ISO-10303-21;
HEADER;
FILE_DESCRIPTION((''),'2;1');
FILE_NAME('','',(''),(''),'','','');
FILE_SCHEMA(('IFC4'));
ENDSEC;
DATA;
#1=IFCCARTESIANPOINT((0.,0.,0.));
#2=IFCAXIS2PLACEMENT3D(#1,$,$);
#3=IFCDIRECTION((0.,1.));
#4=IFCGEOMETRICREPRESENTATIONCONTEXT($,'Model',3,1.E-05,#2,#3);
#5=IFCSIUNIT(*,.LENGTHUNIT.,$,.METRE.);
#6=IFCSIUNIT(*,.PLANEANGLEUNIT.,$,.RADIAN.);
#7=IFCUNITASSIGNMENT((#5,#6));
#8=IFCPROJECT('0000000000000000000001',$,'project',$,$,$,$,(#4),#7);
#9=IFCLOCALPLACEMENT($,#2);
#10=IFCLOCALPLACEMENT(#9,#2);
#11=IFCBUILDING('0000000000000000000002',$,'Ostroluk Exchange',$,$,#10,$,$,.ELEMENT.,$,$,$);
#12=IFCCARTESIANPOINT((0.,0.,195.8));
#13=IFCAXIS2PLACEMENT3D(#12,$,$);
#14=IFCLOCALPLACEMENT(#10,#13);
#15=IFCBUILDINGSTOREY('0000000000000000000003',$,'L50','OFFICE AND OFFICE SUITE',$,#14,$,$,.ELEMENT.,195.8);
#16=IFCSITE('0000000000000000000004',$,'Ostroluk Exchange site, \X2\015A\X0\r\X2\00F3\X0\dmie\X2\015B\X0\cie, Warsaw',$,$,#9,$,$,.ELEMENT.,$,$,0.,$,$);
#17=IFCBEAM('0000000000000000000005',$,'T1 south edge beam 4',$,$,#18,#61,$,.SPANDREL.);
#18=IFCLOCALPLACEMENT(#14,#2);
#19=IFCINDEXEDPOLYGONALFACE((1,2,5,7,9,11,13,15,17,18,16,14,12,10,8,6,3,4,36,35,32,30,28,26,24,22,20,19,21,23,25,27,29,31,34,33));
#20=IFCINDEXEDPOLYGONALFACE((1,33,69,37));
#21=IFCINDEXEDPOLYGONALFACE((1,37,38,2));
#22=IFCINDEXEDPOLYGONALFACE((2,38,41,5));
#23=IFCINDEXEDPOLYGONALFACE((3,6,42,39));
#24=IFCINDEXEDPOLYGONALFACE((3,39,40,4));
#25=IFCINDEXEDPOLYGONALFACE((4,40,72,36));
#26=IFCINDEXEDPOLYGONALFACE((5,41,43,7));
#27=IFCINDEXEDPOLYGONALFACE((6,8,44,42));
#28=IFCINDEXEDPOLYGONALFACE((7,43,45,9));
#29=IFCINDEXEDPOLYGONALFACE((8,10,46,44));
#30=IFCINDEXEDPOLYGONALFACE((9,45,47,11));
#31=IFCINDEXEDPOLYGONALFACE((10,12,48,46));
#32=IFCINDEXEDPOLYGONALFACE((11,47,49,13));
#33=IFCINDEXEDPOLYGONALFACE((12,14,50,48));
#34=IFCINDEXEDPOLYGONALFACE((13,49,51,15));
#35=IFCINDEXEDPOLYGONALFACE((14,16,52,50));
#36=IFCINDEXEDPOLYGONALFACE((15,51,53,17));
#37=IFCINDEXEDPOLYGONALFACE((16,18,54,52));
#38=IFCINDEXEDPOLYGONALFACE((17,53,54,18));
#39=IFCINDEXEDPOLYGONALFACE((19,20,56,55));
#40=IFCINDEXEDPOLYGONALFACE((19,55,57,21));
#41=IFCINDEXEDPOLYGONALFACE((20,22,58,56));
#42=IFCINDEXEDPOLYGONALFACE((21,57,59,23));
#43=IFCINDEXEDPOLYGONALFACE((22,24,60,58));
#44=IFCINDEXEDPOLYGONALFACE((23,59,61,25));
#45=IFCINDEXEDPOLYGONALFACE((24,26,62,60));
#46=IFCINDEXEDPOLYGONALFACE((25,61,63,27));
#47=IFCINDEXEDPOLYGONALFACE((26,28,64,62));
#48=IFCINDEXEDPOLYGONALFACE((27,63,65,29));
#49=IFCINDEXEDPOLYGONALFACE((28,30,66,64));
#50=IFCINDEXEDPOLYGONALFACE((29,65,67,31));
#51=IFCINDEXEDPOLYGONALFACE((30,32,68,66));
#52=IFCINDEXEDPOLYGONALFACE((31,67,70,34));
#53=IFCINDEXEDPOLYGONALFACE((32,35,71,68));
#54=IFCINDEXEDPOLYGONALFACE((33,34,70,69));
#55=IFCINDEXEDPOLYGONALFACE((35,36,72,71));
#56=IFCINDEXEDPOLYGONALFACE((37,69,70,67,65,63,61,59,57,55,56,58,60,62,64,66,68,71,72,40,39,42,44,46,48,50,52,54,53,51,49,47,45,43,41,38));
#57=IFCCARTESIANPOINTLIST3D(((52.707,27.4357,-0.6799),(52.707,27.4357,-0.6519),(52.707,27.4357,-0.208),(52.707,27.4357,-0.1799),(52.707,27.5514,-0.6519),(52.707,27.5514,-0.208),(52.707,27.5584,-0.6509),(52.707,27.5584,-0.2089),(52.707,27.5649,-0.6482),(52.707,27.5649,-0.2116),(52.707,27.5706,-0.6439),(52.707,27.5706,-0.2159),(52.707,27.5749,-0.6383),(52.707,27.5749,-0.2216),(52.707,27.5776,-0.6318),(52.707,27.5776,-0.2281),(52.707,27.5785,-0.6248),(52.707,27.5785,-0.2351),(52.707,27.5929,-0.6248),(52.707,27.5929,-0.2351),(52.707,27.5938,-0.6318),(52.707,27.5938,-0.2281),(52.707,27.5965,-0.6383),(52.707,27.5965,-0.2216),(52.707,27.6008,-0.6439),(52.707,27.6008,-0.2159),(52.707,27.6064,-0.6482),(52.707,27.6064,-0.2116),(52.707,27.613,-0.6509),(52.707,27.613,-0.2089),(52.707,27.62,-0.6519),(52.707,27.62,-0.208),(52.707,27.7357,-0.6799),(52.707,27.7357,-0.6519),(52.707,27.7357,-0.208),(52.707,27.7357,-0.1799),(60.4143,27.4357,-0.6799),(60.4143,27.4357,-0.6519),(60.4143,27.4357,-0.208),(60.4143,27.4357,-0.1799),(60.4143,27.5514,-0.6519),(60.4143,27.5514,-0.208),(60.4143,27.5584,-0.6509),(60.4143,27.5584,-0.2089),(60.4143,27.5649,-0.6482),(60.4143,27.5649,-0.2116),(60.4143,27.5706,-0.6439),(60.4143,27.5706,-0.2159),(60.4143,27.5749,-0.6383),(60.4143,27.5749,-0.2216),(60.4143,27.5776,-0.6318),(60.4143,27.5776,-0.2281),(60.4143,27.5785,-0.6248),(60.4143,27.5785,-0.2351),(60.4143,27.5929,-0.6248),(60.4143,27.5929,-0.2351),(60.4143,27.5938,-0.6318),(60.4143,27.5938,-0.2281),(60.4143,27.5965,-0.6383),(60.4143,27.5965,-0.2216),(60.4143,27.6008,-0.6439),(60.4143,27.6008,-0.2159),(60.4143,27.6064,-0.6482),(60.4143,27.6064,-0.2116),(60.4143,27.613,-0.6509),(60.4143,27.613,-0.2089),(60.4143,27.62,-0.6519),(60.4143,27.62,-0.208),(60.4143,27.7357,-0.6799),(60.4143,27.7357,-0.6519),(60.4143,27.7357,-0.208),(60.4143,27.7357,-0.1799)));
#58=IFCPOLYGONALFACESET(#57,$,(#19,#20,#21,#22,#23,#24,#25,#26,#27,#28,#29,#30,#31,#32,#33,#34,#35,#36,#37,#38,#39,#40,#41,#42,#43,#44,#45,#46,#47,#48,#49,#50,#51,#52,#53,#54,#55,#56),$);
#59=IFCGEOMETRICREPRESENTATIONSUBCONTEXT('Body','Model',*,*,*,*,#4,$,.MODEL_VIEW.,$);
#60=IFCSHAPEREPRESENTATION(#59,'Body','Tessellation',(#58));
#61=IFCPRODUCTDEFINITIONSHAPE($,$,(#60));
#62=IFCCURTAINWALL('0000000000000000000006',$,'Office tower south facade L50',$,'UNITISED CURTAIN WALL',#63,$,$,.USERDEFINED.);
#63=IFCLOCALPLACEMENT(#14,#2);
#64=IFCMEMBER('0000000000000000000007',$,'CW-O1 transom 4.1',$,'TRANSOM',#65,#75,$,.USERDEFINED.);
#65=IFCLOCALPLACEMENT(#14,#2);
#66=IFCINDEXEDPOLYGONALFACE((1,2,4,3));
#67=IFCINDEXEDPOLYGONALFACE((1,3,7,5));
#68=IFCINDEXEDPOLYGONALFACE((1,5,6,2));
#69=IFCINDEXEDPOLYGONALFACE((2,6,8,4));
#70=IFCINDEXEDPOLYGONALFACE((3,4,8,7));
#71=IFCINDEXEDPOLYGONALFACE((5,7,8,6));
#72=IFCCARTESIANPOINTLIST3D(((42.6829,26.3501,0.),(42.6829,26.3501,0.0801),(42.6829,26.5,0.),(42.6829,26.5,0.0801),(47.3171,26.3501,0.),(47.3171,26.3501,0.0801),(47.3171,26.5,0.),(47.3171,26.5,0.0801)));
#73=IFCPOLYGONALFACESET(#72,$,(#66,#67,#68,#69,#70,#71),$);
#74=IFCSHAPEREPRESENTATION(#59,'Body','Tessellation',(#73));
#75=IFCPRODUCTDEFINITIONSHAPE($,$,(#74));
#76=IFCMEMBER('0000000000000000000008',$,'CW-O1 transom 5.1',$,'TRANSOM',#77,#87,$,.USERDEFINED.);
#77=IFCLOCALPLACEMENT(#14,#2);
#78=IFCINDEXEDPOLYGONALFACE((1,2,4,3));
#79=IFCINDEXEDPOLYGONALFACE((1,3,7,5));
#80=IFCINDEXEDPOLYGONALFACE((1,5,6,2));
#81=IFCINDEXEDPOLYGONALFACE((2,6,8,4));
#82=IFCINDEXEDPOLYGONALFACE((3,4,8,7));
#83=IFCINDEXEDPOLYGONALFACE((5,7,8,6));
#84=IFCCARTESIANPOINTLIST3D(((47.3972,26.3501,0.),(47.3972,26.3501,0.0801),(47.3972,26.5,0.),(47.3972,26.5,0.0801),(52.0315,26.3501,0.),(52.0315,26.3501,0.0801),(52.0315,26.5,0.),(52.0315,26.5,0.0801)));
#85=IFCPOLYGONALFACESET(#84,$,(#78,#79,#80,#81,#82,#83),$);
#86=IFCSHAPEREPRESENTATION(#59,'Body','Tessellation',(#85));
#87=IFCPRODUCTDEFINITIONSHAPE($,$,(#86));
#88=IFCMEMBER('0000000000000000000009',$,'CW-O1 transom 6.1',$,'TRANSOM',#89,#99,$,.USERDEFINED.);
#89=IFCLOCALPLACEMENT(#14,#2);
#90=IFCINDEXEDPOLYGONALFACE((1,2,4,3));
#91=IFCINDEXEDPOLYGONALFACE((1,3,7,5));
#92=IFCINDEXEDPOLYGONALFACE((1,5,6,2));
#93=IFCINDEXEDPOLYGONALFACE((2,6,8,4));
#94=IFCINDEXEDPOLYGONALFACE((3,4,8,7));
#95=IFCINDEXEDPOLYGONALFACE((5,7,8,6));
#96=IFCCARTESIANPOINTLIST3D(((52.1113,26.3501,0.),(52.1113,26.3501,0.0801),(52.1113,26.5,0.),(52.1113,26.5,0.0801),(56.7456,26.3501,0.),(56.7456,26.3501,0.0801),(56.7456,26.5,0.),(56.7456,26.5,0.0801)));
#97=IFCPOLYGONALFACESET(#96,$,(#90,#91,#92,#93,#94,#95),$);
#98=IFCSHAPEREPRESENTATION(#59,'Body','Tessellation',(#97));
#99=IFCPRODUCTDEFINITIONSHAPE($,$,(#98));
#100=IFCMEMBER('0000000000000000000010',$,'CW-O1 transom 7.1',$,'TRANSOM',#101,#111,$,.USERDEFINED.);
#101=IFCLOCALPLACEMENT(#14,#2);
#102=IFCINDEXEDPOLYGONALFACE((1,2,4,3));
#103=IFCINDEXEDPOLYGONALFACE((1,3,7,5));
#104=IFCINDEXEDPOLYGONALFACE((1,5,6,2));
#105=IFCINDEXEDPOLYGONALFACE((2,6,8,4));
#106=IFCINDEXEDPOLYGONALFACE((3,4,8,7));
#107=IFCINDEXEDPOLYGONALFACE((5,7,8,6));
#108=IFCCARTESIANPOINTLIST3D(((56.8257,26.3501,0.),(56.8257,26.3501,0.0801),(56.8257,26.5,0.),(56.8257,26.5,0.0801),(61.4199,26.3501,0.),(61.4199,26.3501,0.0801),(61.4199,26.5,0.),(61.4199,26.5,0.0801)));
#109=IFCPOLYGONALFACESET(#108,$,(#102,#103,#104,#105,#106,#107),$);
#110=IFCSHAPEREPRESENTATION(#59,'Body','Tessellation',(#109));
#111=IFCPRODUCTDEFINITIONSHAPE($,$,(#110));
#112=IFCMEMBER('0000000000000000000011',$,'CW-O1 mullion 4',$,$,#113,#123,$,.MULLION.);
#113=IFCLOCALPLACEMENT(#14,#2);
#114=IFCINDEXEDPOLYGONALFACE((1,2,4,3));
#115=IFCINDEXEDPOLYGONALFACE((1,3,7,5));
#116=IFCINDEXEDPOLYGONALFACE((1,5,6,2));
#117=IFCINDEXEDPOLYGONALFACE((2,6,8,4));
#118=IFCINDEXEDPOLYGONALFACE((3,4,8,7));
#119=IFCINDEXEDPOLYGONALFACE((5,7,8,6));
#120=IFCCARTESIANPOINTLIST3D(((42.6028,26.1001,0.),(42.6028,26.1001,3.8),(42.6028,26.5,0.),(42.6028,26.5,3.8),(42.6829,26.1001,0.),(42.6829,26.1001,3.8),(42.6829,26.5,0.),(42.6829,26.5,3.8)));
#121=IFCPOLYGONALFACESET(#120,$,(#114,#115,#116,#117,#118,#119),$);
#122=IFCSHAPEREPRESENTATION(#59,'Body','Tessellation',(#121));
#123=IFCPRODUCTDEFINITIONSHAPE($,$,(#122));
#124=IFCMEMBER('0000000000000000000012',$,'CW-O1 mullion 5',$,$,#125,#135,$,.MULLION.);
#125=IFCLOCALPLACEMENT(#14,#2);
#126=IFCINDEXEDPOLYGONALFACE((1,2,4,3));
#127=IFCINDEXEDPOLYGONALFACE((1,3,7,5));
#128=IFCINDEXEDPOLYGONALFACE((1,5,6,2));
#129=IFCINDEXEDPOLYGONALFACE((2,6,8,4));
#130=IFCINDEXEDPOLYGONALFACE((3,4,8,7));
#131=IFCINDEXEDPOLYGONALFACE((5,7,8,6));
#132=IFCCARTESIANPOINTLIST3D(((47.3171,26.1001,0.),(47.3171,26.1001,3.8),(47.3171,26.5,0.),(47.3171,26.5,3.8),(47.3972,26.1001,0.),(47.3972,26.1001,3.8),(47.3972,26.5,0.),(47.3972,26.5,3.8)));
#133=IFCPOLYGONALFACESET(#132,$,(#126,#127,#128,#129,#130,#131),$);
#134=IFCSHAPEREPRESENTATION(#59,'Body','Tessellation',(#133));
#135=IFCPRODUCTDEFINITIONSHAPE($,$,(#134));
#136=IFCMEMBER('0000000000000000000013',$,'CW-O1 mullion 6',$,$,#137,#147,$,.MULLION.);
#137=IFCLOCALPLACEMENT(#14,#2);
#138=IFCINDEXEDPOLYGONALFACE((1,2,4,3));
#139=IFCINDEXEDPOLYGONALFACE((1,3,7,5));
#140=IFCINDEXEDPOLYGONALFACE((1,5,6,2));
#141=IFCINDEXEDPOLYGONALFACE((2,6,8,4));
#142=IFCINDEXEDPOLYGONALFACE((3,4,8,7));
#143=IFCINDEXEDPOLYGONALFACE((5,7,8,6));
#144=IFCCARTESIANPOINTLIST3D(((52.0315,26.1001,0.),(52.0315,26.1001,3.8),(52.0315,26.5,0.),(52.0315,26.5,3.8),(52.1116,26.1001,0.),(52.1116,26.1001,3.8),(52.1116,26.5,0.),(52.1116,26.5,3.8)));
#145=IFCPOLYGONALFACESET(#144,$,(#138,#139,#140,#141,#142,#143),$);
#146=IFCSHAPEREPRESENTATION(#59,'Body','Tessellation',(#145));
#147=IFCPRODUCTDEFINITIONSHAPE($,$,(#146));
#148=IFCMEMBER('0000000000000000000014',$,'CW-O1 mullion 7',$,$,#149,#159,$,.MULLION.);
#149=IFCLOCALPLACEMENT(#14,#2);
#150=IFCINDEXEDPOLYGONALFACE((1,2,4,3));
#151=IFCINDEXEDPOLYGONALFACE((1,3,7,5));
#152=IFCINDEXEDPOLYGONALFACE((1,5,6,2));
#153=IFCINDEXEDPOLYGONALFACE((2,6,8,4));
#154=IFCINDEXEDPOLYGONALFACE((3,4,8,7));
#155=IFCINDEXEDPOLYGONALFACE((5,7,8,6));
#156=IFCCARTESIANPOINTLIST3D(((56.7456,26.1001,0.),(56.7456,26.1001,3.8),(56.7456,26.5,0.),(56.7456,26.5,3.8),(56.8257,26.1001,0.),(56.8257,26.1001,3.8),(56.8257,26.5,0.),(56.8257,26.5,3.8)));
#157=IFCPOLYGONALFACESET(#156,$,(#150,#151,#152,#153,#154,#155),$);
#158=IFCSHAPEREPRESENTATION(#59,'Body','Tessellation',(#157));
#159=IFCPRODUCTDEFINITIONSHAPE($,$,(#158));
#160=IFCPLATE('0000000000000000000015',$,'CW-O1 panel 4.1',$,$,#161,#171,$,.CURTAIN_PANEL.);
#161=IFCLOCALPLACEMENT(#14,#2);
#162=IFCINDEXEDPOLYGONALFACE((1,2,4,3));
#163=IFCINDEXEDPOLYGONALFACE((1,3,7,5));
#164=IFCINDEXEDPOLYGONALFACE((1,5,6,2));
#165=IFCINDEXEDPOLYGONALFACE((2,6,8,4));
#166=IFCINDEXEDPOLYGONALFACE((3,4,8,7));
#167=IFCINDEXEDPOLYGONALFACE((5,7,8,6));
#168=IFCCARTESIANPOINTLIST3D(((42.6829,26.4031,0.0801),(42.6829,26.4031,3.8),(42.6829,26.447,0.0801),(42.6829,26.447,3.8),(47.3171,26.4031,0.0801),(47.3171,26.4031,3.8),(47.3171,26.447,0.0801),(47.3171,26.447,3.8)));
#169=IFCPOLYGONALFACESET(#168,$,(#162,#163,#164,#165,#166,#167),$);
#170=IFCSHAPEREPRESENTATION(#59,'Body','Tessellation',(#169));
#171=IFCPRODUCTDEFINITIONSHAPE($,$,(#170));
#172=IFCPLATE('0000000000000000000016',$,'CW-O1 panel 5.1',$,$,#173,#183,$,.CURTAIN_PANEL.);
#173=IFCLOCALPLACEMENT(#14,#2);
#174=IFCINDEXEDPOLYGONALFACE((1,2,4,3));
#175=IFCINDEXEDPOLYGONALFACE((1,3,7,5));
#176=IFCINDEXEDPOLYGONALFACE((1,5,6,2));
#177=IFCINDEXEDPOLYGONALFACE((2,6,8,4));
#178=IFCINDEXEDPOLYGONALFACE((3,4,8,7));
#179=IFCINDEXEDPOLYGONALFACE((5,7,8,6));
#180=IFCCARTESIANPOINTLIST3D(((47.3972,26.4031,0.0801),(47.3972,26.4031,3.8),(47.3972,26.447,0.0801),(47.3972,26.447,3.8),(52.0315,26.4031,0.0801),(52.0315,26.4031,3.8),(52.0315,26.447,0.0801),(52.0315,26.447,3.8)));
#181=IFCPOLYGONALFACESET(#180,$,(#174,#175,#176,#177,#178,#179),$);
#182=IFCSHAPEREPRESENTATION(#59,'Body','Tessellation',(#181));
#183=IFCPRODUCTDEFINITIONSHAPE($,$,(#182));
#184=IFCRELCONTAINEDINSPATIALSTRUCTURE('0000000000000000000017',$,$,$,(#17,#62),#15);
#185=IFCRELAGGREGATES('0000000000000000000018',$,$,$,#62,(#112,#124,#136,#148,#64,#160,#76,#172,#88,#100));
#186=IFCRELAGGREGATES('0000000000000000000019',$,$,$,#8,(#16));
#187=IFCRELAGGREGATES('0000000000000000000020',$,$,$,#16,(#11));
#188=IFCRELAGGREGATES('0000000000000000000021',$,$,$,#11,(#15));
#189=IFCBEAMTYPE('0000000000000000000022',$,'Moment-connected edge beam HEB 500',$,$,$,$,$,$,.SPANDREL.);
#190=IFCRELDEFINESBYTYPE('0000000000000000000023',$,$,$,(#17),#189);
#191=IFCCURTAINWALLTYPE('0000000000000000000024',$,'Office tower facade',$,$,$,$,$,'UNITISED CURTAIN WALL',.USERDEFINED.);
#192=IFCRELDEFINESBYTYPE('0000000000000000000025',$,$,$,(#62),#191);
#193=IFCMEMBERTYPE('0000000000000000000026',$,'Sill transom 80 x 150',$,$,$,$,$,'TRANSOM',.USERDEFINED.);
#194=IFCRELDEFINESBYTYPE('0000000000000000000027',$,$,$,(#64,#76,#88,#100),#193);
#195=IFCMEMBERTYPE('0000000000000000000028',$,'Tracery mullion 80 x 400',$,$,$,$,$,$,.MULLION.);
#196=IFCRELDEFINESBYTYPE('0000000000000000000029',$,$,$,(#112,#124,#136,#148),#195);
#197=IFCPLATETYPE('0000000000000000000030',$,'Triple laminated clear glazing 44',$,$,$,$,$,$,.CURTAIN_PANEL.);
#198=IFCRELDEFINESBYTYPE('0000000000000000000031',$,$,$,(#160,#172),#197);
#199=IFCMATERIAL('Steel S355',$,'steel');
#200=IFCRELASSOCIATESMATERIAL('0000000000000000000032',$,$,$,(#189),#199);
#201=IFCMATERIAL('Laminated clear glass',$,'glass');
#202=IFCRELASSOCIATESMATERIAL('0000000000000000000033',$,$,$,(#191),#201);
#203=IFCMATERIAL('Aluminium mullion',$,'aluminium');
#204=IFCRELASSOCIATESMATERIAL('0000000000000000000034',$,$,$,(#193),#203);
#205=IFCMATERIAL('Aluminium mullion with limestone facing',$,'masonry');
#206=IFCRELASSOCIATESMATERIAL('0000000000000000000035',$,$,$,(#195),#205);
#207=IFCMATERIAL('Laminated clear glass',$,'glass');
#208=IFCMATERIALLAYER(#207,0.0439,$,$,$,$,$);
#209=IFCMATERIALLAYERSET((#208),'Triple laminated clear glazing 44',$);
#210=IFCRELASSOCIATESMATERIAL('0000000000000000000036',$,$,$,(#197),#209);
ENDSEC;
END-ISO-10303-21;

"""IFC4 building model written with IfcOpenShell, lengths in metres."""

from ifc_helpers import new_model, si_unit, direction, frame, origin, origin_2d, place, context, subcontext, project, spatial, rectangle, i_section, extrude, material, layer, layer_set, material_profile, profile_set, type_object, element, aggregate, save


model = new_model("IFC4")

# Units and contexts
model_context = context("Model", 3, precision=1e-05, world=origin(), true_north=direction((0.0, 1.0)))
body_context = subcontext(model_context, "Body", "Model", "MODEL_VIEW")
ifc_project = project(units=[si_unit("LENGTHUNIT", "METRE"), si_unit("PLANEANGLEUNIT", "RADIAN")], contexts=[model_context])

# Site, building, storey
site_placement = place(None, origin())
site = spatial("IfcSite", under=ifc_project, at=site_placement, Name="Ostroluk Exchange site, Śródmieście, Warsaw", CompositionType="ELEMENT", RefElevation=0.0)
building_placement = place(site_placement, origin())
building = spatial("IfcBuilding", under=site, at=building_placement, Name="Ostroluk Exchange", CompositionType="ELEMENT")
storey_placement = place(building_placement, frame((0.0, 0.0, 195.8)))
storey = spatial("IfcBuildingStorey", under=building, at=storey_placement, Name="L50", Description="OFFICE AND OFFICE SUITE", CompositionType="ELEMENT", Elevation=195.8)

# Beam
ifc_material_1 = material(Name="Steel S355", Category="steel")
ifc_material_profile_1 = material_profile(ifc_material_1, i_section(OverallWidth=0.3, OverallDepth=0.5, WebThickness=0.0144, FlangeThickness=0.0281, FilletRadius=0.0271, at=origin_2d()), Name="HEB 500")
ifc_profile_set_1 = profile_set([ifc_material_profile_1], Name="Steel S355")
beam_type = type_object("IfcBeamType", Name="Moment-connected edge beam HEB 500", PredefinedType="SPANDREL", material=ifc_profile_set_1)
beam_1_placement = place(storey_placement, frame((52.707, 27.5857, -0.4299), z_axis=(1.0, 0.0, 0.0), x_axis=(0.0, 1.0, 0.0)))
element("IfcBeam", 1, at=beam_1_placement, inside=storey, type_object=beam_type, Name="T1 south edge beam 4", PredefinedType="SPANDREL", context=body_context, shape_type="SweptSolid", body=[
    extrude(i_section(OverallWidth=0.3, OverallDepth=0.5, WebThickness=0.0144, FlangeThickness=0.0281, FilletRadius=0.0271, at=origin_2d()), origin(), (0.0, 0.0, 1.0), 7.7073),
])

# Curtain wall, members, plates
ifc_material_2 = material(Name="Laminated clear glass", Category="glass")
curtain_wall_type = type_object("IfcCurtainWallType", Name="Office tower facade", ElementType="UNITISED CURTAIN WALL", PredefinedType="USERDEFINED", material=ifc_material_2)
curtain_wall_placement = place(storey_placement, origin())
curtain_wall = element("IfcCurtainWall", 2, at=curtain_wall_placement, inside=storey, type_object=curtain_wall_type, Name="Office tower south facade L50", ObjectType="UNITISED CURTAIN WALL", PredefinedType="USERDEFINED")
ifc_material_3 = material(Name="Aluminium mullion", Category="aluminium")
ifc_material_profile_2 = material_profile(ifc_material_3, rectangle(XDim=0.1499, YDim=0.0801, at=origin_2d()), Name="Sill transom 80 x 150")
ifc_profile_set_2 = profile_set([ifc_material_profile_2], Name="Aluminium mullion")
member_type_1 = type_object("IfcMemberType", Name="Sill transom 80 x 150", ElementType="TRANSOM", PredefinedType="USERDEFINED", material=ifc_profile_set_2)
member_1_placement = place(storey_placement, frame((42.6829, 26.425, 0.04), z_axis=(1.0, 0.0, 0.0), x_axis=(0.0, 1.0, 0.0)))
member_1 = element("IfcMember", 3, at=member_1_placement, type_object=member_type_1, Name="CW-O1 transom 4.1", ObjectType="TRANSOM", PredefinedType="USERDEFINED", context=body_context, shape_type="SweptSolid", body=[
    extrude(rectangle(XDim=0.1499, YDim=0.0801, at=origin_2d()), origin(), (0.0, 0.0, 1.0), 4.6343),
])
member_2_placement = place(storey_placement, frame((47.3972, 26.425, 0.04), z_axis=(1.0, 0.0, 0.0), x_axis=(0.0, 1.0, 0.0)))
member_2 = element("IfcMember", 4, at=member_2_placement, type_object=member_type_1, Name="CW-O1 transom 5.1", ObjectType="TRANSOM", PredefinedType="USERDEFINED", context=body_context, shape_type="SweptSolid", body=[
    extrude(rectangle(XDim=0.1499, YDim=0.0801, at=origin_2d()), origin(), (0.0, 0.0, 1.0), 4.6343),
])
member_3_placement = place(storey_placement, frame((52.1113, 26.425, 0.04), z_axis=(1.0, 0.0, 0.0), x_axis=(0.0, 1.0, 0.0)))
member_3 = element("IfcMember", 5, at=member_3_placement, type_object=member_type_1, Name="CW-O1 transom 6.1", ObjectType="TRANSOM", PredefinedType="USERDEFINED", context=body_context, shape_type="SweptSolid", body=[
    extrude(rectangle(XDim=0.1499, YDim=0.0801, at=origin_2d()), origin(), (0.0, 0.0, 1.0), 4.6343),
])
member_4_placement = place(storey_placement, frame((56.8257, 26.425, 0.04), z_axis=(1.0, 0.0, 0.0), x_axis=(0.0, 1.0, 0.0)))
member_4 = element("IfcMember", 6, at=member_4_placement, type_object=member_type_1, Name="CW-O1 transom 7.1", ObjectType="TRANSOM", PredefinedType="USERDEFINED", context=body_context, shape_type="SweptSolid", body=[
    extrude(rectangle(XDim=0.1499, YDim=0.0801, at=origin_2d()), origin(), (0.0, 0.0, 1.0), 4.5942),
])
ifc_material_4 = material(Name="Aluminium mullion with limestone facing", Category="masonry")
ifc_material_profile_3 = material_profile(ifc_material_4, rectangle(XDim=0.3999, YDim=0.0801, at=origin_2d()), Name="Tracery mullion 80 x 400")
ifc_profile_set_3 = profile_set([ifc_material_profile_3], Name="Aluminium mullion with limestone facing")
member_type_2 = type_object("IfcMemberType", Name="Tracery mullion 80 x 400", PredefinedType="MULLION", material=ifc_profile_set_3)
member_5_placement = place(storey_placement, frame((42.6428, 26.3, 0.0), z_axis=(0.0, 0.0, 1.0), x_axis=(0.0, 1.0, 0.0)))
member_5 = element("IfcMember", 7, at=member_5_placement, type_object=member_type_2, Name="CW-O1 mullion 4", PredefinedType="MULLION", context=body_context, shape_type="SweptSolid", body=[
    extrude(rectangle(XDim=0.3999, YDim=0.0801, at=origin_2d()), origin(), (0.0, 0.0, 1.0), 3.8),
])
member_6_placement = place(storey_placement, frame((47.3572, 26.3, 0.0), z_axis=(0.0, 0.0, 1.0), x_axis=(0.0, 1.0, 0.0)))
member_6 = element("IfcMember", 8, at=member_6_placement, type_object=member_type_2, Name="CW-O1 mullion 5", PredefinedType="MULLION", context=body_context, shape_type="SweptSolid", body=[
    extrude(rectangle(XDim=0.3999, YDim=0.0801, at=origin_2d()), origin(), (0.0, 0.0, 1.0), 3.8),
])
member_7_placement = place(storey_placement, frame((52.0715, 26.3, 0.0), z_axis=(0.0, 0.0, 1.0), x_axis=(0.0, 1.0, 0.0)))
member_7 = element("IfcMember", 9, at=member_7_placement, type_object=member_type_2, Name="CW-O1 mullion 6", PredefinedType="MULLION", context=body_context, shape_type="SweptSolid", body=[
    extrude(rectangle(XDim=0.3999, YDim=0.0801, at=origin_2d()), origin(), (0.0, 0.0, 1.0), 3.8),
])
member_8_placement = place(storey_placement, frame((56.7856, 26.3, 0.0), z_axis=(0.0, 0.0, 1.0), x_axis=(0.0, 1.0, 0.0)))
member_8 = element("IfcMember", 10, at=member_8_placement, type_object=member_type_2, Name="CW-O1 mullion 7", PredefinedType="MULLION", context=body_context, shape_type="SweptSolid", body=[
    extrude(rectangle(XDim=0.3999, YDim=0.0801, at=origin_2d()), origin(), (0.0, 0.0, 1.0), 3.8),
])
ifc_material_5 = material(Name="Laminated clear glass", Category="glass")
ifc_layer_1 = layer(ifc_material_5, 0.0439)
ifc_layer_set_1 = layer_set([ifc_layer_1], Name="Triple laminated clear glazing 44")
plate_type = type_object("IfcPlateType", Name="Triple laminated clear glazing 44", PredefinedType="CURTAIN_PANEL", material=ifc_layer_set_1)
plate_1_placement = place(storey_placement, frame((45.0, 26.425, 0.0801), z_axis=(0.0, 0.0, 1.0), x_axis=(1.0, 0.0, 0.0)))
plate_1 = element("IfcPlate", 11, at=plate_1_placement, type_object=plate_type, Name="CW-O1 panel 4.1", PredefinedType="CURTAIN_PANEL", context=body_context, shape_type="SweptSolid", body=[
    extrude(rectangle(XDim=4.6343, YDim=0.0439, at=origin_2d()), origin(), (0.0, 0.0, 1.0), 3.72),
])
plate_2_placement = place(storey_placement, frame((49.7144, 26.425, 0.0801), z_axis=(0.0, 0.0, 1.0), x_axis=(1.0, 0.0, 0.0)))
plate_2 = element("IfcPlate", 12, at=plate_2_placement, type_object=plate_type, Name="CW-O1 panel 5.1", PredefinedType="CURTAIN_PANEL", context=body_context, shape_type="SweptSolid", body=[
    extrude(rectangle(XDim=4.6343, YDim=0.0439, at=origin_2d()), origin(), (0.0, 0.0, 1.0), 3.72),
])
aggregate(curtain_wall, [member_5, member_6, member_7, member_8, member_1, plate_1, member_2, plate_2, member_3, member_4])

save(model, "model.ifc")
